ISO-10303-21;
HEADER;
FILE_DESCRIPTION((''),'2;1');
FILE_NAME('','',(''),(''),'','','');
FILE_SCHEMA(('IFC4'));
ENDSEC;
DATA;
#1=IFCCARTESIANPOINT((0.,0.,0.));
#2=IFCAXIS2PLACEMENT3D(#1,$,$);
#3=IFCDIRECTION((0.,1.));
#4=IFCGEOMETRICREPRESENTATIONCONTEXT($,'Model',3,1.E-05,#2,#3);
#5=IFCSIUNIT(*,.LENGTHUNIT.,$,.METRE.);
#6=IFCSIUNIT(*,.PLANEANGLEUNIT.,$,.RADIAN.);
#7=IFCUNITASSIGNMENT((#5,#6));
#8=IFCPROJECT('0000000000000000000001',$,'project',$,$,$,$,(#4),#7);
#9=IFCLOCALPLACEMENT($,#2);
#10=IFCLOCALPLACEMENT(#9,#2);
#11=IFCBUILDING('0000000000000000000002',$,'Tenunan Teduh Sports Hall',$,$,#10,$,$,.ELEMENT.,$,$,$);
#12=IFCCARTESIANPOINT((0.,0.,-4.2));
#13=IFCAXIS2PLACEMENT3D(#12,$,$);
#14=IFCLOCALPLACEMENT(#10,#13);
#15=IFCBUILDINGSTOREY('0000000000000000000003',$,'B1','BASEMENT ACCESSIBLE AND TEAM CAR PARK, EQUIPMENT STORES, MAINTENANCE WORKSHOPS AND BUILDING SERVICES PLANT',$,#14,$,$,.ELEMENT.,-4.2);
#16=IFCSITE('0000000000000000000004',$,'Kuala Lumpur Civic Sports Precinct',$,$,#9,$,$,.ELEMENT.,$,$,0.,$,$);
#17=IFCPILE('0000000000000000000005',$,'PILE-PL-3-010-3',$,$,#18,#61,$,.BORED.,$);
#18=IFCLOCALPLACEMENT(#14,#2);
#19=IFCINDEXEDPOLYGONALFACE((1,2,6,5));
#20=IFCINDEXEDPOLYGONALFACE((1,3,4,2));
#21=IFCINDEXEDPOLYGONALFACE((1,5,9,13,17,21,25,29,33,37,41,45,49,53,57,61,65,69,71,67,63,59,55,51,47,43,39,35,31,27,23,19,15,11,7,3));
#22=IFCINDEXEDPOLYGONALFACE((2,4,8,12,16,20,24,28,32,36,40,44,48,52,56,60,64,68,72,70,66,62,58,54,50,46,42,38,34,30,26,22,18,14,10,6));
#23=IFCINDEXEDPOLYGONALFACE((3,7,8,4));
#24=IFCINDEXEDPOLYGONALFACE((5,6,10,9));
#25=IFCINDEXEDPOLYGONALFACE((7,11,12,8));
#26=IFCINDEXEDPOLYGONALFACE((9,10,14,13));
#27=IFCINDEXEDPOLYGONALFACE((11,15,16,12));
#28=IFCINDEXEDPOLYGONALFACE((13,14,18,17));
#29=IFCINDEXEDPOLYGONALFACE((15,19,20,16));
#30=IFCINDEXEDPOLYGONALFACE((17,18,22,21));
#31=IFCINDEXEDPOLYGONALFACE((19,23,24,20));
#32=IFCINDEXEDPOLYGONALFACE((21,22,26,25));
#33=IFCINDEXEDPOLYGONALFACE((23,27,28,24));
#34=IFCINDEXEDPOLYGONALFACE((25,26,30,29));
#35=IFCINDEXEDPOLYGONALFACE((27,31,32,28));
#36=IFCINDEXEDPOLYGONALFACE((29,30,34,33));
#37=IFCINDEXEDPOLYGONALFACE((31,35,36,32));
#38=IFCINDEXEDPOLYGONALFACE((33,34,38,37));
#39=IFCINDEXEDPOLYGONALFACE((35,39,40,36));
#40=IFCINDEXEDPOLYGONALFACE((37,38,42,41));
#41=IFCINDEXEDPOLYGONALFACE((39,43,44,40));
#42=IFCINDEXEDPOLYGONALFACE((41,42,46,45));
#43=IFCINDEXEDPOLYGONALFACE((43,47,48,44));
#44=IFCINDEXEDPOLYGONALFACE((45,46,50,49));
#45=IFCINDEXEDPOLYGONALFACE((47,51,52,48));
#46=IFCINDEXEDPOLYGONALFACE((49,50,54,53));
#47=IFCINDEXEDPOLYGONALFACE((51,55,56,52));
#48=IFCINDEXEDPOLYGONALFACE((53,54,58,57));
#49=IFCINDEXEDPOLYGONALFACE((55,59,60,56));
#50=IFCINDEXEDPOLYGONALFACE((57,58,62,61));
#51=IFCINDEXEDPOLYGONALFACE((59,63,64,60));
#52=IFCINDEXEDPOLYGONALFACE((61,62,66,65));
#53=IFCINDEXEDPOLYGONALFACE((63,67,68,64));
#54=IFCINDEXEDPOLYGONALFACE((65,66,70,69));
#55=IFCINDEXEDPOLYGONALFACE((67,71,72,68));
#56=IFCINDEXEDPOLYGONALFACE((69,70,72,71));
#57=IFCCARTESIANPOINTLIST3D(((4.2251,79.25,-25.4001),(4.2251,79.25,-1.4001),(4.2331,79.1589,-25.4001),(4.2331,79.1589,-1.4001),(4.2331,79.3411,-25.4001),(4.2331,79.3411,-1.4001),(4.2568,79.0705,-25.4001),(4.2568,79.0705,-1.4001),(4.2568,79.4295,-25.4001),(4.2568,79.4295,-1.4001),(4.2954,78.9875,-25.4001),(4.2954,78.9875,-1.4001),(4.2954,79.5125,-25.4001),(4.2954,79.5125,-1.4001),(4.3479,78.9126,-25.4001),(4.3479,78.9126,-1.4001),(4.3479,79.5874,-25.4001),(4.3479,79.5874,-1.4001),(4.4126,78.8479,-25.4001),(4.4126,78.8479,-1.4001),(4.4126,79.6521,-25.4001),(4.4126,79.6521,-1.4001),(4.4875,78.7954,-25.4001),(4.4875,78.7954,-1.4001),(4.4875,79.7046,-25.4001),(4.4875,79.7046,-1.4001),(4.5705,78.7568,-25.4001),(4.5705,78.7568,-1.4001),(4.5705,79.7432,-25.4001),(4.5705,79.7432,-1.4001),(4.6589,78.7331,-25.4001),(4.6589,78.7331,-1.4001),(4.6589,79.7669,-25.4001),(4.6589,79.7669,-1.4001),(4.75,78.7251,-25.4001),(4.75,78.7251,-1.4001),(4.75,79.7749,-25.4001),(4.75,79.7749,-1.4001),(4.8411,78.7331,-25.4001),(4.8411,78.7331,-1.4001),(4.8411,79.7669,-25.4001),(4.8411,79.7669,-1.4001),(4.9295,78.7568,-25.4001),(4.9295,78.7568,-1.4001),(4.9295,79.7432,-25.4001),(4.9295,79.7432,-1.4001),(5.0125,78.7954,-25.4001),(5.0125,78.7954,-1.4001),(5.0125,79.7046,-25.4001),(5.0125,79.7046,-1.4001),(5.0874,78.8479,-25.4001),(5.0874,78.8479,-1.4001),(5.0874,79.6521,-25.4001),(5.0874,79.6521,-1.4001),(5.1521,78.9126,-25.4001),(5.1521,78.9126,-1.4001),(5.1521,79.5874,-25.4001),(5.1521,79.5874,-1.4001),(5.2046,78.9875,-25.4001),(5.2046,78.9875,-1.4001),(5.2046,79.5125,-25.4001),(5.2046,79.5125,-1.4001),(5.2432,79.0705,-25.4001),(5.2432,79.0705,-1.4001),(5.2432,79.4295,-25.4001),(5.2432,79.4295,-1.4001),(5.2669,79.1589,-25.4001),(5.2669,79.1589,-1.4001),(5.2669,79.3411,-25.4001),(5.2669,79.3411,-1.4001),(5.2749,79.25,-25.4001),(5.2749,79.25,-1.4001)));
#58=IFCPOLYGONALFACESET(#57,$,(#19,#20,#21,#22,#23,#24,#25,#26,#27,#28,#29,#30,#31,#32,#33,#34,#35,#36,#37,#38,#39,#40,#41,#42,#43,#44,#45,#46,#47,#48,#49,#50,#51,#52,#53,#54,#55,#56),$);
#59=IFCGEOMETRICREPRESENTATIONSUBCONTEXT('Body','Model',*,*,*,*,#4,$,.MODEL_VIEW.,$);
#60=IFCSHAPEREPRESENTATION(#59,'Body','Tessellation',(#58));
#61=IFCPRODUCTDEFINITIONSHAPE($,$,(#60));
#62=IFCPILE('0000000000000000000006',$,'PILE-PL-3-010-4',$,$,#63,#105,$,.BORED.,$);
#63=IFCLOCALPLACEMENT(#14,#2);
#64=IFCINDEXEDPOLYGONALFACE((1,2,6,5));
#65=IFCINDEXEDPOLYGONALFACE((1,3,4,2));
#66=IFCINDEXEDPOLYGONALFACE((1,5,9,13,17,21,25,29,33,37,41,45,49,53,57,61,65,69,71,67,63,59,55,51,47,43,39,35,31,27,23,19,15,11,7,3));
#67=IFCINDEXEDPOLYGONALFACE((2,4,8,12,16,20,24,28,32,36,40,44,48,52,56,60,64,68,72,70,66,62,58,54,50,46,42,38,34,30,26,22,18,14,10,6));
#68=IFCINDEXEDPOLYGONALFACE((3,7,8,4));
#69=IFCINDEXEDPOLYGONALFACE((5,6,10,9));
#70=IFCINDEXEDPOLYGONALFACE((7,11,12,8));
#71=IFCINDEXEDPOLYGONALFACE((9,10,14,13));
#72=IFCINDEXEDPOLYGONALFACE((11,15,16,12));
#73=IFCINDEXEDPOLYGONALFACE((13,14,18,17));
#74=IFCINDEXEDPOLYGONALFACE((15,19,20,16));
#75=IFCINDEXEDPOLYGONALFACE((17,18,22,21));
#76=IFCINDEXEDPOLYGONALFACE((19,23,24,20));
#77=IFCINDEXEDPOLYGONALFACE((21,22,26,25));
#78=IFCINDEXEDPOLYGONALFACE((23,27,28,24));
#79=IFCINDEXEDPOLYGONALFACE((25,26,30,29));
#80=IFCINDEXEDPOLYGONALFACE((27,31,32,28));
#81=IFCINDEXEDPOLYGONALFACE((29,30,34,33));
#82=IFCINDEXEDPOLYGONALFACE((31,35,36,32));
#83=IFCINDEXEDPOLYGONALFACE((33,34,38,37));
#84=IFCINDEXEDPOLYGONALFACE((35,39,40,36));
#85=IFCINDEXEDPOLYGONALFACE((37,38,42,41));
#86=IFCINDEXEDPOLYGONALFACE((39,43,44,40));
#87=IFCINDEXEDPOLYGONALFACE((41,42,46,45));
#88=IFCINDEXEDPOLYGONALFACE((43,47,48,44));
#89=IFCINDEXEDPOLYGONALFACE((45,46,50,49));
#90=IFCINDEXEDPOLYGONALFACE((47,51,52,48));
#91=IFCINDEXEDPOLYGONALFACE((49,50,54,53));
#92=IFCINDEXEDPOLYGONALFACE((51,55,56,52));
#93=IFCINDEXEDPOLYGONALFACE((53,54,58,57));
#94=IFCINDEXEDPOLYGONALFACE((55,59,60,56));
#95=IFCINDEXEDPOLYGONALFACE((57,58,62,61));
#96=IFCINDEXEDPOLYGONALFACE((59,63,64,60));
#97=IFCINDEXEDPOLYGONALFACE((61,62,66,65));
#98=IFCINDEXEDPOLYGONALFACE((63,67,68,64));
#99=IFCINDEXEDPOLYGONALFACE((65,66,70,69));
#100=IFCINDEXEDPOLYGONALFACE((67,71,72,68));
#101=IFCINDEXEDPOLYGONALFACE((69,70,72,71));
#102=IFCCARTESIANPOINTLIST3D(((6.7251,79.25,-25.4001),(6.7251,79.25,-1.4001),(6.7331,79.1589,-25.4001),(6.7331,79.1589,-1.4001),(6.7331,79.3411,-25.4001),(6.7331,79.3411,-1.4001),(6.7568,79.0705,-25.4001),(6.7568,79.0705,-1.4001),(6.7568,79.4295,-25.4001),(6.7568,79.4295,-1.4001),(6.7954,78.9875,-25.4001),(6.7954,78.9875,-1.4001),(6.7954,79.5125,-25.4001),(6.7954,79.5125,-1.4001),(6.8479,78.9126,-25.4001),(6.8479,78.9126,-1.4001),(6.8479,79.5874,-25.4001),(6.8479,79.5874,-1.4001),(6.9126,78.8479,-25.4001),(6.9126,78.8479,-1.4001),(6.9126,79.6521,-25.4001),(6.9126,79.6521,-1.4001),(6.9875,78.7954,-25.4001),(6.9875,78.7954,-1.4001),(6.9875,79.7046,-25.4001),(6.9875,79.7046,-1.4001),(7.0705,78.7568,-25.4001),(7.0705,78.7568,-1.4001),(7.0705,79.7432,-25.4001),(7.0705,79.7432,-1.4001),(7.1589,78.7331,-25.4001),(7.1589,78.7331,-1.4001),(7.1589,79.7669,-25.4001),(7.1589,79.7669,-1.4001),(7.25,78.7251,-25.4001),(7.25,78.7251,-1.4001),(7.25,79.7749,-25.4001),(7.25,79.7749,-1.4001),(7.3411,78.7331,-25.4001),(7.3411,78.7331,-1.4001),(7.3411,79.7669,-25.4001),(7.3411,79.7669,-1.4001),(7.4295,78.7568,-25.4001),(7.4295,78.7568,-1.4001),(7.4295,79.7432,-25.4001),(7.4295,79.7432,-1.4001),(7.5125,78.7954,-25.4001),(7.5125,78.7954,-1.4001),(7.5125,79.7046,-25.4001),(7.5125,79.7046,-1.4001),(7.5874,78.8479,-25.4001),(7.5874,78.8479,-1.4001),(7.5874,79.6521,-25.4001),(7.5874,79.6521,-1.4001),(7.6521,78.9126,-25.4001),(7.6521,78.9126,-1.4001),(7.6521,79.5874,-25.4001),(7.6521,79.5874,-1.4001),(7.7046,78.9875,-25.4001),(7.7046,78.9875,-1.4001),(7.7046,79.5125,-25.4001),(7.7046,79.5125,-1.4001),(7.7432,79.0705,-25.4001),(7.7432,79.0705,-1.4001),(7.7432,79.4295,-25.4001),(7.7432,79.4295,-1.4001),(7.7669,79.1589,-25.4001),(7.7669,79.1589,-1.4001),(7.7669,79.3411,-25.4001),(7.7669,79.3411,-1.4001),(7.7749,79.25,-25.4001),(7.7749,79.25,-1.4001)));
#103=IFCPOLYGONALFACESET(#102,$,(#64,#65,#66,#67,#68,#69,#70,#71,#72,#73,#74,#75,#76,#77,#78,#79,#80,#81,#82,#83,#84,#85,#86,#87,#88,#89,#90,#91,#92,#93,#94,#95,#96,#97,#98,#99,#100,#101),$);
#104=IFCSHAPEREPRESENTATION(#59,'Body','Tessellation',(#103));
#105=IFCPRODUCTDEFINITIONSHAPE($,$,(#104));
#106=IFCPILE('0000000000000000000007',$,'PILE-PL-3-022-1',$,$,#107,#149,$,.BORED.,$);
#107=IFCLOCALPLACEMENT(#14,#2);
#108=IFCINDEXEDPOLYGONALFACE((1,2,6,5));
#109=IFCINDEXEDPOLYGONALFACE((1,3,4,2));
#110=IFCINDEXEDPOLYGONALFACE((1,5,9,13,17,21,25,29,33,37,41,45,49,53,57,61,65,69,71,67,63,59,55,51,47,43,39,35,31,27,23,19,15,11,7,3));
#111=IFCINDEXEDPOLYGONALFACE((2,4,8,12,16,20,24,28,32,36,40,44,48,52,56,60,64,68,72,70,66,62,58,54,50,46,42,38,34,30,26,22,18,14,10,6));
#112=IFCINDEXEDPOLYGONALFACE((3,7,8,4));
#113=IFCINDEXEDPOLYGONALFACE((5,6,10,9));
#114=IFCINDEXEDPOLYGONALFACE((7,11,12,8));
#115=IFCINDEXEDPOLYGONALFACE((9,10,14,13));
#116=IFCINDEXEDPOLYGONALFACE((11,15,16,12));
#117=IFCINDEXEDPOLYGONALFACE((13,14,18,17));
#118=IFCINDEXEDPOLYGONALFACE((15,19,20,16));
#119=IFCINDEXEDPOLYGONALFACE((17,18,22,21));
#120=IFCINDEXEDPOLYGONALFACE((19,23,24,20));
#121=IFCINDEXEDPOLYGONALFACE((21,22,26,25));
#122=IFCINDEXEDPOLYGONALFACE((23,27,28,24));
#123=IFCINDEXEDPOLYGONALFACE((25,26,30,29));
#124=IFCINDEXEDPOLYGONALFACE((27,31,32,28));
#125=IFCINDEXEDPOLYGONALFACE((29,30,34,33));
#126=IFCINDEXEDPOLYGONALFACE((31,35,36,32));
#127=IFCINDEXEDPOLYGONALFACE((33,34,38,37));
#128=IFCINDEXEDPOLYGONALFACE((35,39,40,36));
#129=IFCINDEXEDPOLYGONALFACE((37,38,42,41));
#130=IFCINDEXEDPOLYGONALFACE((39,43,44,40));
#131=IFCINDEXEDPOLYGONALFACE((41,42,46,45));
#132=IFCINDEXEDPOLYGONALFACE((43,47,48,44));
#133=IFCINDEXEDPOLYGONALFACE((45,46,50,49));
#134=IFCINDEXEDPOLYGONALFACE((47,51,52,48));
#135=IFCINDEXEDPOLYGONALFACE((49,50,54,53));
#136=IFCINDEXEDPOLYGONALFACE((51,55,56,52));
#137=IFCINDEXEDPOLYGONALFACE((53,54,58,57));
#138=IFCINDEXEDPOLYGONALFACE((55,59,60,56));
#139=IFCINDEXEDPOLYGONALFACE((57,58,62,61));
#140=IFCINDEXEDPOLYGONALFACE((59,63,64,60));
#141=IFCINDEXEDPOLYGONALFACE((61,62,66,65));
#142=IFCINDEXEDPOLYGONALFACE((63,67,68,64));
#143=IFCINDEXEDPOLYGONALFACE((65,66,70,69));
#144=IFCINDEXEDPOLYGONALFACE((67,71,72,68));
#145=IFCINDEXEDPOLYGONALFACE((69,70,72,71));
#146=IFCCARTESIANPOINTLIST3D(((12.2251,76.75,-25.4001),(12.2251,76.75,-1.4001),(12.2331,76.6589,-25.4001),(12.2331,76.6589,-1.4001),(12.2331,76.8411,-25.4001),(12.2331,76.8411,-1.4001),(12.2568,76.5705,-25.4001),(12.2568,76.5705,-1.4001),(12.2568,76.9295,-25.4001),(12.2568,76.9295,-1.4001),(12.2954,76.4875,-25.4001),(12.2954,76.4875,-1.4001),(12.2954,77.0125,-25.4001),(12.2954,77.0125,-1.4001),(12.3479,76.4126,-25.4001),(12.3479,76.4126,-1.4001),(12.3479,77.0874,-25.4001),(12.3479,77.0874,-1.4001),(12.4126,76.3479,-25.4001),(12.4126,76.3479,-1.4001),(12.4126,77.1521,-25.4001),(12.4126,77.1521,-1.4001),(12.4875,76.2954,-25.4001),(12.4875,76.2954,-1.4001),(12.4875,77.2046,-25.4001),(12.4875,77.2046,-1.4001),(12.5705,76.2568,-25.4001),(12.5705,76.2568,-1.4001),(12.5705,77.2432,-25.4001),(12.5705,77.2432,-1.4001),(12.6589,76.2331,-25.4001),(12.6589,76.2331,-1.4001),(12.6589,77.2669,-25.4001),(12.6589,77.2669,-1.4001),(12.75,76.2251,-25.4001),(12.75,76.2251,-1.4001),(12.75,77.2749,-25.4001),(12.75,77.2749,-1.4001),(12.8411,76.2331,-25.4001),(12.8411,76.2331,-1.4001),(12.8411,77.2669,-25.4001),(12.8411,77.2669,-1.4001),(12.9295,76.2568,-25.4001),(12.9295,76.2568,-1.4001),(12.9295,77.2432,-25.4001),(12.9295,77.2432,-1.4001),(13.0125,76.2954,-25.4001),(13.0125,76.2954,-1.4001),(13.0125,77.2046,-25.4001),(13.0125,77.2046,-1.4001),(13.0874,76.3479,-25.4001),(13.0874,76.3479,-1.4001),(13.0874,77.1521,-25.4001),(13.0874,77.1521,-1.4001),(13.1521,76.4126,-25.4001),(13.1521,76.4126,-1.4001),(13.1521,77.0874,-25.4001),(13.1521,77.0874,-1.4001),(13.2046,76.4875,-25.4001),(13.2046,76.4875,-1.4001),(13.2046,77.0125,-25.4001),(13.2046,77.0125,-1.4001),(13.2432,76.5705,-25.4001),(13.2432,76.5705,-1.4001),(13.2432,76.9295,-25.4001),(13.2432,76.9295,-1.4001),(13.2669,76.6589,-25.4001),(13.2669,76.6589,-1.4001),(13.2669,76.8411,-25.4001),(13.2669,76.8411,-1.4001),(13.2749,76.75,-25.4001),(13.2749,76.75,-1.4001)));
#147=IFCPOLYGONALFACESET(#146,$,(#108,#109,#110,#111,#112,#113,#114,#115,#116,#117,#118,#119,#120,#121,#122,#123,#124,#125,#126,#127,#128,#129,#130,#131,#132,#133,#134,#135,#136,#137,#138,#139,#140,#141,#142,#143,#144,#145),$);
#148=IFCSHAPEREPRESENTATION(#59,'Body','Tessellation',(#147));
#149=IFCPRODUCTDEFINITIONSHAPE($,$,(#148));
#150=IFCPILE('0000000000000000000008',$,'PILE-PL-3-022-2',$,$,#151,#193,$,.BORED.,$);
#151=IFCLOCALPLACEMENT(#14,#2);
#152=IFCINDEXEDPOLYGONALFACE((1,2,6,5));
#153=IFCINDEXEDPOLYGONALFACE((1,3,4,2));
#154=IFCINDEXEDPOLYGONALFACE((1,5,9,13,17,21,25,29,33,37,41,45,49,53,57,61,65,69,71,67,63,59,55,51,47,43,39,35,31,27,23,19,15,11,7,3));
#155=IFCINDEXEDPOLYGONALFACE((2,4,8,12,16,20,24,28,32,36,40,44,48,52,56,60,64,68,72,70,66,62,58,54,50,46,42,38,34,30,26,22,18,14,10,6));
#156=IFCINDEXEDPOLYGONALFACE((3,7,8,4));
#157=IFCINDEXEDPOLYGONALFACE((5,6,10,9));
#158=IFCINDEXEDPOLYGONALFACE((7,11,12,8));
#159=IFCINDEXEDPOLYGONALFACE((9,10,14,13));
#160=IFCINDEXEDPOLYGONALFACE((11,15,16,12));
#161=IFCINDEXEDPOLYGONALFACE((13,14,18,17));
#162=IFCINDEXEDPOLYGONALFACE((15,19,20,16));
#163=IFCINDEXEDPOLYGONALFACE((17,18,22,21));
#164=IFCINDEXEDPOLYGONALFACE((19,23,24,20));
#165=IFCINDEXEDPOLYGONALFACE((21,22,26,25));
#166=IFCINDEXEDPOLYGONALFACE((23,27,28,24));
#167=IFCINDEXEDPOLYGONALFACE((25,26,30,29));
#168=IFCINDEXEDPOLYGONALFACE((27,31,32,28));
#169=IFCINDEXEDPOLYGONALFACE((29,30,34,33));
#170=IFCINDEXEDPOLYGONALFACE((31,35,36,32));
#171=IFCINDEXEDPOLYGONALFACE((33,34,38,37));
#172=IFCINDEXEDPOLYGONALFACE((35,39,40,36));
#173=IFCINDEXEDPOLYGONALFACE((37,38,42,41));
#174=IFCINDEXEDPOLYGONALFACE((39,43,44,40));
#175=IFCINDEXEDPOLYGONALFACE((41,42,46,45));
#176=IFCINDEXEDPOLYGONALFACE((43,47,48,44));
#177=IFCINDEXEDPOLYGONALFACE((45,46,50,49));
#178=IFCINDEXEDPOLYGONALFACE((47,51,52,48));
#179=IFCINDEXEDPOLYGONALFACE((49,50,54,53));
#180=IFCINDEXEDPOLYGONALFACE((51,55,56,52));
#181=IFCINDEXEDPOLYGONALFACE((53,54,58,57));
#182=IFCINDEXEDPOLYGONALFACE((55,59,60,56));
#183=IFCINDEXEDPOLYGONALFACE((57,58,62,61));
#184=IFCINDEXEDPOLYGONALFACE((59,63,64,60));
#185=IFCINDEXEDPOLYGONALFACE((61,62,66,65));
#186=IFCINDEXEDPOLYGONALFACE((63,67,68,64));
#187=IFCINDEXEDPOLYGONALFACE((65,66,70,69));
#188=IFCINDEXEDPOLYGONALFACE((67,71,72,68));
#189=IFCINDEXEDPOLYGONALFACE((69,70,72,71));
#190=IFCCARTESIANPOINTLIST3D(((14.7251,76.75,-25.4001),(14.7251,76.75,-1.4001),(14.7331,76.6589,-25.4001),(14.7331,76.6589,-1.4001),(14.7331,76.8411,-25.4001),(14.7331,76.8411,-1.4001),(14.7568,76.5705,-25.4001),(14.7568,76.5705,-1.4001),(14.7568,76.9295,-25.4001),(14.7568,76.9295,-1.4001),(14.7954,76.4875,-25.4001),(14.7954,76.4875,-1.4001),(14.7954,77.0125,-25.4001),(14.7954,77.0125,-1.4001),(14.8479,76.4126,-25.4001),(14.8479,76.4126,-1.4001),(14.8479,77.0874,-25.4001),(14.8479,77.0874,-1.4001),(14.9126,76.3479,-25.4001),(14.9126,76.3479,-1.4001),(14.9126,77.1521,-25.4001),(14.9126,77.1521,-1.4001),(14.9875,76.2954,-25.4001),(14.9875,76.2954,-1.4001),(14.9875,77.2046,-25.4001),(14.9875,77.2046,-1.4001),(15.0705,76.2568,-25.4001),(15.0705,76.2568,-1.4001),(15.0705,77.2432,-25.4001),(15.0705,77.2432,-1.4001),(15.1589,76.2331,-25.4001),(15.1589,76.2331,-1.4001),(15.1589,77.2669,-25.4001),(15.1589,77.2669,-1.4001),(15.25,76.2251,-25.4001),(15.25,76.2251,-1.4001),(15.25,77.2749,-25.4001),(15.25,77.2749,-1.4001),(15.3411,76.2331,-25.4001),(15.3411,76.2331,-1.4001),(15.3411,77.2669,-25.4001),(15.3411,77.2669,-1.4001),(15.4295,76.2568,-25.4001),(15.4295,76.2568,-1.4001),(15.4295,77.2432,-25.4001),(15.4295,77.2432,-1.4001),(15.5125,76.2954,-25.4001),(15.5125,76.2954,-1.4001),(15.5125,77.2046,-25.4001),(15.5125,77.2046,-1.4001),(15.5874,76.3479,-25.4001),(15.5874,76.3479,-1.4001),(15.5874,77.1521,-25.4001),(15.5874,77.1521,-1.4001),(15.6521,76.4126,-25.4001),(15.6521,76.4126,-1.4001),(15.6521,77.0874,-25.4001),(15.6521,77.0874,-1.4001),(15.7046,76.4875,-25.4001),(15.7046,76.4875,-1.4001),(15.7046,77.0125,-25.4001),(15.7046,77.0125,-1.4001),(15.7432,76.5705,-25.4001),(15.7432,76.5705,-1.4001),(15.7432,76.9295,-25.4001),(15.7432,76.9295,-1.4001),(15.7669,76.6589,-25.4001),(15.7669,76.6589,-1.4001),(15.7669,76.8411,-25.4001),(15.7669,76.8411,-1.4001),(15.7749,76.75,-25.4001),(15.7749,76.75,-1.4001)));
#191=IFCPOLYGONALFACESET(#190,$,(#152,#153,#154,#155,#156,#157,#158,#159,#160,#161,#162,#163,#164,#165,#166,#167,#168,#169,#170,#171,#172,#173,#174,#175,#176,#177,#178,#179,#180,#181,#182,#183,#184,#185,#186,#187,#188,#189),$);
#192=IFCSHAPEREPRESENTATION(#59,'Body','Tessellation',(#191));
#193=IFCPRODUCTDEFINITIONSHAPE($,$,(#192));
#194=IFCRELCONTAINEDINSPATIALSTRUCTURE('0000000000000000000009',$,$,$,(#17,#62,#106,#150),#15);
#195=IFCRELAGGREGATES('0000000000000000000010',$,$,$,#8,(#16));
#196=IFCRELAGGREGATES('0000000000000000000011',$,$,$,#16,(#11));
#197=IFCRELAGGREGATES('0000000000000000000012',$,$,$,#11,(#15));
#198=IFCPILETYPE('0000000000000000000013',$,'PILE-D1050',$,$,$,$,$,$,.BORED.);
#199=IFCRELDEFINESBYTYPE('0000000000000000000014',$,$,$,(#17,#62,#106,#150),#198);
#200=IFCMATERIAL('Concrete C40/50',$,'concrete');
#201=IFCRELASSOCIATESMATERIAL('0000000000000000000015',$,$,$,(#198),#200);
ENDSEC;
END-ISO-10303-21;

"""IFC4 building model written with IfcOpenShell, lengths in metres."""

from ifc_helpers import new_model, si_unit, direction, frame, origin, origin_2d, place, context, subcontext, project, spatial, circle, extrude, material, material_profile, profile_set, type_object, element, save


model = new_model("IFC4")

# Units and contexts
model_context = context("Model", 3, precision=1e-05, world=origin(), true_north=direction((0.0, 1.0)))
body_context = subcontext(model_context, "Body", "Model", "MODEL_VIEW")
ifc_project = project(units=[si_unit("LENGTHUNIT", "METRE"), si_unit("PLANEANGLEUNIT", "RADIAN")], contexts=[model_context])

# Site, building, storey
site_placement = place(None, origin())
site = spatial("IfcSite", under=ifc_project, at=site_placement, Name="Kuala Lumpur Civic Sports Precinct", CompositionType="ELEMENT", RefElevation=0.0)
building_placement = place(site_placement, origin())
building = spatial("IfcBuilding", under=site, at=building_placement, Name="Tenunan Teduh Sports Hall", CompositionType="ELEMENT")
storey_placement = place(building_placement, frame((0.0, 0.0, -4.2)))
storey = spatial("IfcBuildingStorey", under=building, at=storey_placement, Name="B1", Description="BASEMENT ACCESSIBLE AND TEAM CAR PARK, EQUIPMENT STORES, MAINTENANCE WORKSHOPS AND BUILDING SERVICES PLANT", CompositionType="ELEMENT", Elevation=-4.2)

# Piles
ifc_material_1 = material(Name="Concrete C40/50", Category="concrete")
ifc_material_profile_1 = material_profile(ifc_material_1, circle(Radius=0.5249, at=origin_2d()), Name="PILE D1050")
ifc_profile_set_1 = profile_set([ifc_material_profile_1], Name="Concrete C40/50")
pile_type_1 = type_object("IfcPileType", Name="PILE-D1050", PredefinedType="BORED", material=ifc_profile_set_1)
for number, where, z_axis, x_axis, name in (
    (1, (4.75, 79.25, -1.4001), (0.0, 0.0, -1.0), (1.0, 0.0, 0.0), "PILE-PL-3-010-3"),
    (2, (7.25, 79.25, -1.4001), (0.0, 0.0, -1.0), (1.0, 0.0, 0.0), "PILE-PL-3-010-4"),
    (3, (12.75, 76.75, -1.4001), (0.0, 0.0, -1.0), (1.0, 0.0, 0.0), "PILE-PL-3-022-1"),
    (4, (15.25, 76.75, -1.4001), (0.0, 0.0, -1.0), (1.0, 0.0, 0.0), "PILE-PL-3-022-2"),
):
    element("IfcPile", number, at=place(storey_placement, frame(where, z_axis=z_axis, x_axis=x_axis)), inside=storey, type_object=pile_type_1, Name=name, PredefinedType="BORED", context=body_context, shape_type="SweptSolid", body=[
        extrude(circle(Radius=0.5249, at=origin_2d()), origin(), (0.0, 0.0, 1.0), 24.0),
    ])

save(model, "model.ifc")
